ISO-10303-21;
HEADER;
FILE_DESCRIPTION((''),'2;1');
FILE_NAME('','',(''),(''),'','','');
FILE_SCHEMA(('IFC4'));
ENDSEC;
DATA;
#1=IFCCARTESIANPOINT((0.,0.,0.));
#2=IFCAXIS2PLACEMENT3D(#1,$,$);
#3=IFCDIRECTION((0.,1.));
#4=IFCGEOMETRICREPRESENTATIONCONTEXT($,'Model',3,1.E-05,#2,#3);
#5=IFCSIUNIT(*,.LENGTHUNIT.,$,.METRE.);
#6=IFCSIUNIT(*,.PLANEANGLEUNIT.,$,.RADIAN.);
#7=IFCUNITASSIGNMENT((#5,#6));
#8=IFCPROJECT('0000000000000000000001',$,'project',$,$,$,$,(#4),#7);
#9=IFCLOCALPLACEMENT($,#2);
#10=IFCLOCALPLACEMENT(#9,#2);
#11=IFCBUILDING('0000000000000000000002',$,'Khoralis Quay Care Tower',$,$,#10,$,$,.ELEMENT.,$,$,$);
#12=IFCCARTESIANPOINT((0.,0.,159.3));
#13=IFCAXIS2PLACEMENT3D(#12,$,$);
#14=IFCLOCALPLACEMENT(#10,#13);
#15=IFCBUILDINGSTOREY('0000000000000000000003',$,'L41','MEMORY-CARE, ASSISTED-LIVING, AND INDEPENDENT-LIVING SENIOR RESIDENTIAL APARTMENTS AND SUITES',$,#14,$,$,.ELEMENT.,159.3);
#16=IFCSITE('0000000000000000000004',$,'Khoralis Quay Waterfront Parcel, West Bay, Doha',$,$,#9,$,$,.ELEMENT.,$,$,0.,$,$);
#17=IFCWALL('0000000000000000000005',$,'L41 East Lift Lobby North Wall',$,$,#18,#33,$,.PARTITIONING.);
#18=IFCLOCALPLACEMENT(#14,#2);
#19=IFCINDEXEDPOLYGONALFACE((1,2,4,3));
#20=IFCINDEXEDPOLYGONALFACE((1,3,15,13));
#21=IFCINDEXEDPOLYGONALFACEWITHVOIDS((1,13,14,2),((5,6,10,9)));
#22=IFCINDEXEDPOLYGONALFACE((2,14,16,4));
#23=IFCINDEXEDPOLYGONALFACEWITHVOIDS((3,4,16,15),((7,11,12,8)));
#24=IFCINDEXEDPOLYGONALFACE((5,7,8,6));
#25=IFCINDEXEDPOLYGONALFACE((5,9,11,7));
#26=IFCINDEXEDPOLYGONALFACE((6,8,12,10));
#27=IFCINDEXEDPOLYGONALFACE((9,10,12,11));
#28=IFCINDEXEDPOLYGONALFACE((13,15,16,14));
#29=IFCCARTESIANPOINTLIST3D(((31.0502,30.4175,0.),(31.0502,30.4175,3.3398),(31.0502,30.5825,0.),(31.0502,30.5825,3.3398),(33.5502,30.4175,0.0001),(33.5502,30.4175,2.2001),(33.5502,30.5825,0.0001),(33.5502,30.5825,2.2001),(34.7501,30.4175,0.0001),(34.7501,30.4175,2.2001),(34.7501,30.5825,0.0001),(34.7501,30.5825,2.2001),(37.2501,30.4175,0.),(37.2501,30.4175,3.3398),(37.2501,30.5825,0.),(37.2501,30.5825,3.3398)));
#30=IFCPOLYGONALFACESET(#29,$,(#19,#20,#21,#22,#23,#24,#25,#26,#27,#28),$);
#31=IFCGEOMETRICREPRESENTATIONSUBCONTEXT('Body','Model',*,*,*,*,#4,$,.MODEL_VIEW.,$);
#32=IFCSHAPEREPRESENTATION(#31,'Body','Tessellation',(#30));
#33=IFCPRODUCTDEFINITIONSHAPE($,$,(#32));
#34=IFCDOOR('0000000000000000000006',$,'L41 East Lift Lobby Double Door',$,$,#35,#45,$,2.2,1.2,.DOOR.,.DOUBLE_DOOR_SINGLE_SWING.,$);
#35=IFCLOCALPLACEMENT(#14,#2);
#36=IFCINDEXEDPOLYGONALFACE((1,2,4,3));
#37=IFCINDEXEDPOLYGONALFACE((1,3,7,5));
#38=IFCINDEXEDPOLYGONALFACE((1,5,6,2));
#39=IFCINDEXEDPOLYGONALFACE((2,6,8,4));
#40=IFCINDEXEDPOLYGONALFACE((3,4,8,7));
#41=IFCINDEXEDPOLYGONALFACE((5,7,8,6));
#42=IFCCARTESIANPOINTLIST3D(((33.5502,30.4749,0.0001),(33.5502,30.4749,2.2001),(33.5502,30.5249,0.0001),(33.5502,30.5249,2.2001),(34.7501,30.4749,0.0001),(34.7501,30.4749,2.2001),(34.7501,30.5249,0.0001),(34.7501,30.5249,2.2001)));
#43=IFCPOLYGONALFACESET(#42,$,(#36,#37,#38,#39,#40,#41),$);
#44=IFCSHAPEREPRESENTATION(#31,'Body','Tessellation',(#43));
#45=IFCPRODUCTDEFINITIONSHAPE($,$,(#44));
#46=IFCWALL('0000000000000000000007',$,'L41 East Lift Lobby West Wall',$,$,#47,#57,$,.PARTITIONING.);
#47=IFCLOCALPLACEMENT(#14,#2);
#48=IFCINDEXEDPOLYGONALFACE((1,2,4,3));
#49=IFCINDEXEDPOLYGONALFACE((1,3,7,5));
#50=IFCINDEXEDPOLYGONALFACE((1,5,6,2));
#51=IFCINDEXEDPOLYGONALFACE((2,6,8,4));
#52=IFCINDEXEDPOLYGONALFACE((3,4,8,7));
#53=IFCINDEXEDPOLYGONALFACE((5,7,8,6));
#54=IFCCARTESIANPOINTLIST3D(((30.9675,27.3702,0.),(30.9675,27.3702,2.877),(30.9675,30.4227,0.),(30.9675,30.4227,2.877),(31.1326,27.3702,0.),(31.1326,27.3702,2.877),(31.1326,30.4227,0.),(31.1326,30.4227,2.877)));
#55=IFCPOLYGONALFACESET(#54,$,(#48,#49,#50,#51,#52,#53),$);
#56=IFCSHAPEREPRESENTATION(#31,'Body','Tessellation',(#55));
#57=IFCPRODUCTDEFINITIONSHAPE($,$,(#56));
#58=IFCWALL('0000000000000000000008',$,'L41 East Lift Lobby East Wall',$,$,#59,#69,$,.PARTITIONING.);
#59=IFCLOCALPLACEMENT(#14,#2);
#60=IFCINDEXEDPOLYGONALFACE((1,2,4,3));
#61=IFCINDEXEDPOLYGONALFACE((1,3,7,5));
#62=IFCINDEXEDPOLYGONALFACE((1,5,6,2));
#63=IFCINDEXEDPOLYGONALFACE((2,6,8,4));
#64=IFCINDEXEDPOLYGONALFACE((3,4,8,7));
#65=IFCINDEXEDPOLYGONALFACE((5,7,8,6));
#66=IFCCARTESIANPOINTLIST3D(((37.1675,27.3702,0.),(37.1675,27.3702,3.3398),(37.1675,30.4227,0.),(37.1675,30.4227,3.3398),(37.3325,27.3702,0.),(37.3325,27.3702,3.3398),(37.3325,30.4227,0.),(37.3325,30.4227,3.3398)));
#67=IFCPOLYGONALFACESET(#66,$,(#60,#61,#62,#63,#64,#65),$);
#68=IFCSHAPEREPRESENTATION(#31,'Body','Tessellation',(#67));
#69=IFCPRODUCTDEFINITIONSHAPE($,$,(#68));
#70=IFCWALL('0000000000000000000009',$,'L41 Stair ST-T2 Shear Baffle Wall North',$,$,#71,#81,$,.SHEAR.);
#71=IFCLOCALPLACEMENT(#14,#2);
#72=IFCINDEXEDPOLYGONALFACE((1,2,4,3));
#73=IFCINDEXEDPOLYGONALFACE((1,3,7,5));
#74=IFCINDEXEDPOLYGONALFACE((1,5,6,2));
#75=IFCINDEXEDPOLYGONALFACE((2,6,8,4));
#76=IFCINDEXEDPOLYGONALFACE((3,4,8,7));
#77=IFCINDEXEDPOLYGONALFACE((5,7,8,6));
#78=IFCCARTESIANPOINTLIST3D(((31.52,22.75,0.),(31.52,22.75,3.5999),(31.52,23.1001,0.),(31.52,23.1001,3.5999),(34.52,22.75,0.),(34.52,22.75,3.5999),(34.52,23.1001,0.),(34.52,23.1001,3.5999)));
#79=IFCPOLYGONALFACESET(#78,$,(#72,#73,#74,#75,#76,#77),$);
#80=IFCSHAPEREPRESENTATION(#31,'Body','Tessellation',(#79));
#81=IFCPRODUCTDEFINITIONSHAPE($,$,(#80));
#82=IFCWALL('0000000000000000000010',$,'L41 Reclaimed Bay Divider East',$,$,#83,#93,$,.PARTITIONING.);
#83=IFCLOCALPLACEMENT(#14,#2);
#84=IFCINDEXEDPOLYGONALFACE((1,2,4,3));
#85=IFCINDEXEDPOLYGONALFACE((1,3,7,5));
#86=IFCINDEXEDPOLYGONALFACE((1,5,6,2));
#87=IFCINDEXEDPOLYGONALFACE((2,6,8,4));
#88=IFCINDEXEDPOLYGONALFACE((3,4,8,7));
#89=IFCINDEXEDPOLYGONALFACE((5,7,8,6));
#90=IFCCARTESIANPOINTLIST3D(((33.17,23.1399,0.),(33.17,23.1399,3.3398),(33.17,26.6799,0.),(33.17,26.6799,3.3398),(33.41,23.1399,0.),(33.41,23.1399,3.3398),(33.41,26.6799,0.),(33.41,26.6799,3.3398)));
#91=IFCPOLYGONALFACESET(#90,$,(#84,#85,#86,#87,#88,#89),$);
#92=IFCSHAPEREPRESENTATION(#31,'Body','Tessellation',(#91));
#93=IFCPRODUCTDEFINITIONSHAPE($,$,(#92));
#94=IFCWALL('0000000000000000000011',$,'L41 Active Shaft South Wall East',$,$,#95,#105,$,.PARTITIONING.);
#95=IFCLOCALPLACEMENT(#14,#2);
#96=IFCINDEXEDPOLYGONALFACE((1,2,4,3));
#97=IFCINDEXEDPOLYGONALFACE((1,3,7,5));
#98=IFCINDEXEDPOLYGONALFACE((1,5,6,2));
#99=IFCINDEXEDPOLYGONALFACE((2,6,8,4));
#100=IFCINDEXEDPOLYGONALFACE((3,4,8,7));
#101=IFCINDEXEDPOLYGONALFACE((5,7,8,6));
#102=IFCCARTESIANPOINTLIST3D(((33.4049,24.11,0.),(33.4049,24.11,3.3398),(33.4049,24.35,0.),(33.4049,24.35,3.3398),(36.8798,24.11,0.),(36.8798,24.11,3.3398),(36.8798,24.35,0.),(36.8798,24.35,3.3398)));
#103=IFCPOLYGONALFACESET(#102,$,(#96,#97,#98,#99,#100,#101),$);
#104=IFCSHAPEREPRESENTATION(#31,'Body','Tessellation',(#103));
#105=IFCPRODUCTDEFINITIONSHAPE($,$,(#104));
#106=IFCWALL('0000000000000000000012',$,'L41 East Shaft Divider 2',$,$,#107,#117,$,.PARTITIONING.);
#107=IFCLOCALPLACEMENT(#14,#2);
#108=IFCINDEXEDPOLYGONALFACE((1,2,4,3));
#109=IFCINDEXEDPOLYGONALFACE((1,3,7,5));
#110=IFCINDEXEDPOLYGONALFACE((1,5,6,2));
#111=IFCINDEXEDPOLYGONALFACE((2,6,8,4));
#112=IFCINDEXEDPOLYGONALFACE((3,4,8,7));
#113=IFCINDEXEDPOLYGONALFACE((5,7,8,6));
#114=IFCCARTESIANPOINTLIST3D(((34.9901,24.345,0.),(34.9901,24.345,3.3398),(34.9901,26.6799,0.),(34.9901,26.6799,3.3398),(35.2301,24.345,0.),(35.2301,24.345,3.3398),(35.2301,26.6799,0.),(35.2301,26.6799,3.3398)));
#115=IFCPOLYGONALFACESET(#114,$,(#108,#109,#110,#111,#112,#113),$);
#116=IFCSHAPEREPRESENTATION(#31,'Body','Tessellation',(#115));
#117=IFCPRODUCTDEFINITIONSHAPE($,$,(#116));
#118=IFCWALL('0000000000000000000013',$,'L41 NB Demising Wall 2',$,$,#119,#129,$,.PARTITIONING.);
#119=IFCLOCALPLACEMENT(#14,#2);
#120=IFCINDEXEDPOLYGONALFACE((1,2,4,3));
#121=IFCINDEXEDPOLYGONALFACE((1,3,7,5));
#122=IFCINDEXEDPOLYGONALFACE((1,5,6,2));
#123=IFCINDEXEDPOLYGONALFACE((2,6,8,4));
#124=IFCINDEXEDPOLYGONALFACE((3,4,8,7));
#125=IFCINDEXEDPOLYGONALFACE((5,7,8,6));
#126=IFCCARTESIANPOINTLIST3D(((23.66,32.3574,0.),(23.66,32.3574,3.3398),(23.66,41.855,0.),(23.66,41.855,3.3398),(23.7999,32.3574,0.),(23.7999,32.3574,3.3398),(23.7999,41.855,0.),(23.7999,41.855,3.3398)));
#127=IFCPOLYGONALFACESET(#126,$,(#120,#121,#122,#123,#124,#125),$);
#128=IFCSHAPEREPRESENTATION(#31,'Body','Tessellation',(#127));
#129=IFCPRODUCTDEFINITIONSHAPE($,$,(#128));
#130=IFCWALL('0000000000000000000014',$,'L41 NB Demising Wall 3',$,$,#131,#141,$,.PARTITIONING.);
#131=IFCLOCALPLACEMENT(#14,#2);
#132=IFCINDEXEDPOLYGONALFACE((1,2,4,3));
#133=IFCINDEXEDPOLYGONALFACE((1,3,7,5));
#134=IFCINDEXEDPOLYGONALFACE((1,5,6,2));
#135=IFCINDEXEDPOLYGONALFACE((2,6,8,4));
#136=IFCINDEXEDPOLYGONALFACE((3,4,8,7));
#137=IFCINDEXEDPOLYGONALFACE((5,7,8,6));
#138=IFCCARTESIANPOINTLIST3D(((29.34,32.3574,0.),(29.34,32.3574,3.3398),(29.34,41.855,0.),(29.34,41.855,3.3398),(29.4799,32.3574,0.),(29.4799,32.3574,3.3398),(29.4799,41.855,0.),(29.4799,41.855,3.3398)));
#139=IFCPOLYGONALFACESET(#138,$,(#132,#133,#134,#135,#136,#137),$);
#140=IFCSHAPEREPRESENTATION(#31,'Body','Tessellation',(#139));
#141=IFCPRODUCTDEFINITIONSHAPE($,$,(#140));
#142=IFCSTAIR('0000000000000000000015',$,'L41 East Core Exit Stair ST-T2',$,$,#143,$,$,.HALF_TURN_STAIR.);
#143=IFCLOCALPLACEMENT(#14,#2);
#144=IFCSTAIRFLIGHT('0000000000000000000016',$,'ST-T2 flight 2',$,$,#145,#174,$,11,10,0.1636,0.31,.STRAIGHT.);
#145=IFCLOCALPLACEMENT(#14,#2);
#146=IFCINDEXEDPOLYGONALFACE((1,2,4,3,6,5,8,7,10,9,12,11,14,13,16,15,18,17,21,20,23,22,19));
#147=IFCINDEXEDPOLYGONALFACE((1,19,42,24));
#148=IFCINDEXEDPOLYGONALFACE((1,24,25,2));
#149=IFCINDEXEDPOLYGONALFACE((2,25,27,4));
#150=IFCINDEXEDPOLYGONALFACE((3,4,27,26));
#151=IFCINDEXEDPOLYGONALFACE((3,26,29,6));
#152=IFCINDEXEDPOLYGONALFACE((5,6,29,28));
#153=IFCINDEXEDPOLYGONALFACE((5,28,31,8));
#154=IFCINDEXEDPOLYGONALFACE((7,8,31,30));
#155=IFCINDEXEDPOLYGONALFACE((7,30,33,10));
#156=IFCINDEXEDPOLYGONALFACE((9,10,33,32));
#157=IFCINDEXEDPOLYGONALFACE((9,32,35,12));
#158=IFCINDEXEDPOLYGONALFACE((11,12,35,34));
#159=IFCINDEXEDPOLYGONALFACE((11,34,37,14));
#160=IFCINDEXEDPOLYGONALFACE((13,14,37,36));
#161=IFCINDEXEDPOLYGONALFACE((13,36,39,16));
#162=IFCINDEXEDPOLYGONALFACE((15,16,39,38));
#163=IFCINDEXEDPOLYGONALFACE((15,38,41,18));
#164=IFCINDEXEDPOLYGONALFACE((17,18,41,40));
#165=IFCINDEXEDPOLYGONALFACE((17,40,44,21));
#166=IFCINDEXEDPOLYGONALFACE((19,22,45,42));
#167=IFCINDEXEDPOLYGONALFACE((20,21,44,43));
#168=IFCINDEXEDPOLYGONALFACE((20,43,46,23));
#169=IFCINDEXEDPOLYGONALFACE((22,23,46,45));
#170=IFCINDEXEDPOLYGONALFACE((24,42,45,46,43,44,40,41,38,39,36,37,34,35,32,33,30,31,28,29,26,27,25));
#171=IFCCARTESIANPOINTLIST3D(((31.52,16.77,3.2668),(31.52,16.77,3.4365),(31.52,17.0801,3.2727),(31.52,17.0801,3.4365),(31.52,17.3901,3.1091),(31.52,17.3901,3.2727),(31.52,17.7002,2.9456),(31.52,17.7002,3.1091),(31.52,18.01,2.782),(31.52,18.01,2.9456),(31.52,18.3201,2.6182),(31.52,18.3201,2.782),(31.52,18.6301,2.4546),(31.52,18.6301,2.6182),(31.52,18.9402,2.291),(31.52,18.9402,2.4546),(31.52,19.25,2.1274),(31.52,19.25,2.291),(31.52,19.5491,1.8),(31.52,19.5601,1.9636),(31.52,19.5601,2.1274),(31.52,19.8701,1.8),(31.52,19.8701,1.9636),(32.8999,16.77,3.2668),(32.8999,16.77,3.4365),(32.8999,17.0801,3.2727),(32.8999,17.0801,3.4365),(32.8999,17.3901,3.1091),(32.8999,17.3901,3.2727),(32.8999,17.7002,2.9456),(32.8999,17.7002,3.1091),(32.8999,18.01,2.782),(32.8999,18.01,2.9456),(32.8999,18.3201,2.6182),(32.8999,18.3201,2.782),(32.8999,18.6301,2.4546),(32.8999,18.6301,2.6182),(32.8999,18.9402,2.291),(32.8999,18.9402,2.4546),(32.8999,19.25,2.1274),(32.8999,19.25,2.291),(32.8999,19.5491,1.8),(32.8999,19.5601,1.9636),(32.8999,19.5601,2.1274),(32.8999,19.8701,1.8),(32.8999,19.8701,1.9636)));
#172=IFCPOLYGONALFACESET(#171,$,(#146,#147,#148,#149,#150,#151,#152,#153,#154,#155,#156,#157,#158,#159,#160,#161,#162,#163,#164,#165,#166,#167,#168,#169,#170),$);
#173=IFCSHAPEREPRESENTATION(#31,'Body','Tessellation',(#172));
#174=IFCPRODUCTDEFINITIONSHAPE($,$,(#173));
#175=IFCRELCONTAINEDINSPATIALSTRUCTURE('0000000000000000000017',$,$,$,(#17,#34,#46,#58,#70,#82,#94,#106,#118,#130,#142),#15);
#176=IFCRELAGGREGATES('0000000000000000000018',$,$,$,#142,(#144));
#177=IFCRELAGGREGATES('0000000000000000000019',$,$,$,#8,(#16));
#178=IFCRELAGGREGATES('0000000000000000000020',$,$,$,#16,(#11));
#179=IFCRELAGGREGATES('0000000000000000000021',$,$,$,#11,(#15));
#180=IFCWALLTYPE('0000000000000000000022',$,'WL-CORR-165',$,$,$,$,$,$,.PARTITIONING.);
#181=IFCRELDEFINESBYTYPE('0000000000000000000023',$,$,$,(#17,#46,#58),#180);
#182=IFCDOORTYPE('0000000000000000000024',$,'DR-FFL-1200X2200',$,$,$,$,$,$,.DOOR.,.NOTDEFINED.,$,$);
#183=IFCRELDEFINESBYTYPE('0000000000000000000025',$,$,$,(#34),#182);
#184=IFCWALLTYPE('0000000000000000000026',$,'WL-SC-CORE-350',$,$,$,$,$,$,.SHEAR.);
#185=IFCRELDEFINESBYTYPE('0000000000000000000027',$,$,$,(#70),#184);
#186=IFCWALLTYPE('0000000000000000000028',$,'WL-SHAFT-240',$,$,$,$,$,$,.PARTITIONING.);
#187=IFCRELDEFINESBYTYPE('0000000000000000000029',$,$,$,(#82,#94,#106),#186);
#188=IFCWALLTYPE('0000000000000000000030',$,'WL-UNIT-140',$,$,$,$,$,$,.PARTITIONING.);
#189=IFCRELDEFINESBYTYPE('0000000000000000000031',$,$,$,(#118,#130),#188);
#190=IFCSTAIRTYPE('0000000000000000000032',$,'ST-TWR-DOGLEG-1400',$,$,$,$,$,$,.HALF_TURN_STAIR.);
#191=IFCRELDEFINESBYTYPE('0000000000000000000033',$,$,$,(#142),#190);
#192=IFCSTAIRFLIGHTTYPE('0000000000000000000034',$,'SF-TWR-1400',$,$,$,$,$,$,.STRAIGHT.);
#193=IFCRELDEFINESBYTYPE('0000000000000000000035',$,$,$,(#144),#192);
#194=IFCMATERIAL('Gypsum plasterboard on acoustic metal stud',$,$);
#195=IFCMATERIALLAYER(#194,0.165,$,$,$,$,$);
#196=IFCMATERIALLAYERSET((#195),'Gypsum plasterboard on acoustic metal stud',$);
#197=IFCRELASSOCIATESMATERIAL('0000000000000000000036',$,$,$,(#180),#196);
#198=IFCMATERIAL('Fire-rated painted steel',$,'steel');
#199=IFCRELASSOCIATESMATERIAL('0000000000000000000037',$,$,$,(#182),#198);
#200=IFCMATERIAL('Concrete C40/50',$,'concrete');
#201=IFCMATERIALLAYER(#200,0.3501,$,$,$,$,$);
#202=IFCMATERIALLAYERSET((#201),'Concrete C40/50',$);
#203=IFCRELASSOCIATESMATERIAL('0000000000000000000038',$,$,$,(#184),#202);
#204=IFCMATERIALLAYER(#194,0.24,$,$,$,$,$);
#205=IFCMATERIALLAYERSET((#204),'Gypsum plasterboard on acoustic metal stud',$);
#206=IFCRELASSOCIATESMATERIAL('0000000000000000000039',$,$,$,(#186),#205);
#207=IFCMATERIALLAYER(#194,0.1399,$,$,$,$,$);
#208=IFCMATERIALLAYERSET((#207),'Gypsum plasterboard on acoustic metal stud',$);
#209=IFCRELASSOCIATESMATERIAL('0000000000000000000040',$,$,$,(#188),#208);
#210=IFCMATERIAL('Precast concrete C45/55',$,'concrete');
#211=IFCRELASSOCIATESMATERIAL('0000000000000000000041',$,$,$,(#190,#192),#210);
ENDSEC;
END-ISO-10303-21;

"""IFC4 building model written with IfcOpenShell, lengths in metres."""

from ifc_helpers import new_model, si_unit, direction, frame, frame_2d, origin, place, context, subcontext, project, spatial, polyline, rectangle, outline, extrude, source, transform, mapped, material, layer, layer_set, type_object, element, fill, aggregate, save


model = new_model("IFC4")

# Units and contexts
model_context = context("Model", 3, precision=1e-05, world=origin(), true_north=direction((0.0, 1.0)))
body_context = subcontext(model_context, "Body", "Model", "MODEL_VIEW")
ifc_project = project(units=[si_unit("LENGTHUNIT", "METRE"), si_unit("PLANEANGLEUNIT", "RADIAN")], contexts=[model_context])

# Site, building, storey
site_placement = place(None, origin())
site = spatial("IfcSite", under=ifc_project, at=site_placement, Name="Khoralis Quay Waterfront Parcel, West Bay, Doha", CompositionType="ELEMENT", RefElevation=0.0)
building_placement = place(site_placement, origin())
building = spatial("IfcBuilding", under=site, at=building_placement, Name="Khoralis Quay Care Tower", CompositionType="ELEMENT")
storey_placement = place(building_placement, frame((0.0, 0.0, 159.3)))
storey = spatial("IfcBuildingStorey", under=building, at=storey_placement, Name="L41", Description="MEMORY-CARE, ASSISTED-LIVING, AND INDEPENDENT-LIVING SENIOR RESIDENTIAL APARTMENTS AND SUITES", CompositionType="ELEMENT", Elevation=159.3)

# Wall, opening, door
ifc_material_1 = material(Name="Gypsum plasterboard on acoustic metal stud")
ifc_layer_1 = layer(ifc_material_1, 0.165)
ifc_layer_set_1 = layer_set([ifc_layer_1], Name="Gypsum plasterboard on acoustic metal stud")
wall_type_1 = type_object("IfcWallType", Name="WL-CORR-165", PredefinedType="PARTITIONING", material=ifc_layer_set_1)
wall_1_placement = place(storey_placement, frame((31.05, 30.5, 0.0), z_axis=(0.0, 0.0, 1.0), x_axis=(1.0, 0.0, 0.0)))
wall_1 = element("IfcWall", 1, at=wall_1_placement, inside=storey, type_object=wall_type_1, Name="L41 East Lift Lobby North Wall", PredefinedType="PARTITIONING", context=body_context, shape_type="SweptSolid", body=[
    extrude(rectangle(XDim=6.2, YDim=0.165, at=frame_2d((3.1001, 0.0))), origin(), (0.0, 0.0, 1.0), 3.3398),
])
opening_1_placement = place(wall_1_placement, frame((2.5, 0.0, 0.0)))
opening_1 = element("IfcOpeningElement", 2, at=opening_1_placement, cuts=wall_1, PredefinedType="OPENING", context=body_context, shape_type="SweptSolid", body=[
    extrude(rectangle(XDim=1.2, YDim=2.2, at=frame_2d((0.6001, 1.1001))), frame((0.0, 0.0925, 0.0), z_axis=(0.0, -1.0, 0.0), x_axis=(1.0, 0.0, 0.0)), (0.0, 0.0, 1.0), 0.1851),
])
ifc_material_2 = material(Name="Fire-rated painted steel", Category="steel")
door_type_1 = type_object("IfcDoorType", Name="DR-FFL-1200X2200", OperationType="NOTDEFINED", PredefinedType="DOOR", material=ifc_material_2)
shared_shape_1 = source(origin(), body_context, "Body", "SweptSolid", [
    extrude(rectangle(XDim=1.2, YDim=2.2, at=frame_2d((0.6001, 1.1001))), frame((0.0, 0.0249, 0.0), z_axis=(0.0, -1.0, 0.0), x_axis=(1.0, 0.0, 0.0)), (0.0, 0.0, 1.0), 0.05),
])
door_1_placement = place(opening_1_placement, origin())
door_1 = element("IfcDoor", 3, at=door_1_placement, inside=storey, type_object=door_type_1, Name="L41 East Lift Lobby Double Door", OperationType="DOUBLE_DOOR_SINGLE_SWING", OverallHeight=2.2, OverallWidth=1.2, PredefinedType="DOOR", context=body_context, shape_type="MappedRepresentation", body=[
    mapped(shared_shape_1, transform((0.0, 0.0, 0.0), scale=1.0)),
])
fill(opening_1, door_1)

# Walls
wall_2_placement = place(storey_placement, frame((31.05, 27.3701, 0.0), z_axis=(0.0, 0.0, 1.0), x_axis=(0.0, 1.0, 0.0)))
element("IfcWall", 4, at=wall_2_placement, inside=storey, type_object=wall_type_1, Name="L41 East Lift Lobby West Wall", PredefinedType="PARTITIONING", context=body_context, shape_type="SweptSolid", body=[
    extrude(rectangle(XDim=3.0525, YDim=0.165, at=frame_2d((1.5264, 0.0))), origin(), (0.0, 0.0, 1.0), 2.877),
])
wall_3_placement = place(storey_placement, frame((37.25, 27.3701, 0.0), z_axis=(0.0, 0.0, 1.0), x_axis=(0.0, 1.0, 0.0)))
element("IfcWall", 5, at=wall_3_placement, inside=storey, type_object=wall_type_1, Name="L41 East Lift Lobby East Wall", PredefinedType="PARTITIONING", context=body_context, shape_type="SweptSolid", body=[
    extrude(rectangle(XDim=3.0525, YDim=0.165, at=frame_2d((1.5264, 0.0))), origin(), (0.0, 0.0, 1.0), 3.3398),
])
ifc_material_3 = material(Name="Concrete C40/50", Category="concrete")
ifc_layer_2 = layer(ifc_material_3, 0.3501)
ifc_layer_set_2 = layer_set([ifc_layer_2], Name="Concrete C40/50")
wall_type_2 = type_object("IfcWallType", Name="WL-SC-CORE-350", PredefinedType="SHEAR", material=ifc_layer_set_2)
wall_4_placement = place(storey_placement, frame((31.52, 22.925, 0.0), z_axis=(0.0, 0.0, 1.0), x_axis=(1.0, 0.0, 0.0)))
element("IfcWall", 6, at=wall_4_placement, inside=storey, type_object=wall_type_2, Name="L41 Stair ST-T2 Shear Baffle Wall North", PredefinedType="SHEAR", context=body_context, shape_type="SweptSolid", body=[
    extrude(rectangle(XDim=3.0, YDim=0.3501, at=frame_2d((1.5, 0.0))), origin(), (0.0, 0.0, 1.0), 3.5999),
])
ifc_layer_3 = layer(ifc_material_1, 0.24)
ifc_layer_set_3 = layer_set([ifc_layer_3], Name="Gypsum plasterboard on acoustic metal stud")
wall_type_3 = type_object("IfcWallType", Name="WL-SHAFT-240", PredefinedType="PARTITIONING", material=ifc_layer_set_3)
wall_5_placement = place(storey_placement, frame((33.29, 23.1399, 0.0), z_axis=(0.0, 0.0, 1.0), x_axis=(0.0, 1.0, 0.0)))
element("IfcWall", 7, at=wall_5_placement, inside=storey, type_object=wall_type_3, Name="L41 Reclaimed Bay Divider East", PredefinedType="PARTITIONING", context=body_context, shape_type="SweptSolid", body=[
    extrude(rectangle(XDim=3.54, YDim=0.24, at=frame_2d((1.77, 0.0))), origin(), (0.0, 0.0, 1.0), 3.3398),
])
wall_6_placement = place(storey_placement, frame((33.405, 24.23, 0.0), z_axis=(0.0, 0.0, 1.0), x_axis=(1.0, 0.0, 0.0)))
element("IfcWall", 8, at=wall_6_placement, inside=storey, type_object=wall_type_3, Name="L41 Active Shaft South Wall East", PredefinedType="PARTITIONING", context=body_context, shape_type="SweptSolid", body=[
    extrude(rectangle(XDim=3.4749, YDim=0.24, at=frame_2d((1.7373, 0.0))), origin(), (0.0, 0.0, 1.0), 3.3398),
])
wall_7_placement = place(storey_placement, frame((35.1101, 24.345, 0.0), z_axis=(0.0, 0.0, 1.0), x_axis=(0.0, 1.0, 0.0)))
element("IfcWall", 9, at=wall_7_placement, inside=storey, type_object=wall_type_3, Name="L41 East Shaft Divider 2", PredefinedType="PARTITIONING", context=body_context, shape_type="SweptSolid", body=[
    extrude(rectangle(XDim=2.335, YDim=0.24, at=frame_2d((1.1675, 0.0))), origin(), (0.0, 0.0, 1.0), 3.3398),
])
ifc_layer_4 = layer(ifc_material_1, 0.1399)
ifc_layer_set_4 = layer_set([ifc_layer_4], Name="Gypsum plasterboard on acoustic metal stud")
wall_type_4 = type_object("IfcWallType", Name="WL-UNIT-140", PredefinedType="PARTITIONING", material=ifc_layer_set_4)
for number, where, z_axis, x_axis, name in (
    (10, (23.73, 32.3574, 0.0), (0.0, 0.0, 1.0), (0.0, 1.0, 0.0), "L41 NB Demising Wall 2"),
    (11, (29.4099, 32.3574, 0.0), (0.0, 0.0, 1.0), (0.0, 1.0, 0.0), "L41 NB Demising Wall 3"),
):
    element("IfcWall", number, at=place(storey_placement, frame(where, z_axis=z_axis, x_axis=x_axis)), inside=storey, type_object=wall_type_4, Name=name, PredefinedType="PARTITIONING", context=body_context, shape_type="SweptSolid", body=[
        extrude(rectangle(XDim=9.4976, YDim=0.1399, at=frame_2d((4.7488, 0.0))), origin(), (0.0, 0.0, 1.0), 3.3398),
    ])

# Stair, stair flight
ifc_material_4 = material(Name="Precast concrete C45/55", Category="concrete")
stair_type = type_object("IfcStairType", Name="ST-TWR-DOGLEG-1400", PredefinedType="HALF_TURN_STAIR", material=ifc_material_4)
stair_placement = place(storey_placement, origin())
stair = element("IfcStair", 12, at=stair_placement, inside=storey, type_object=stair_type, Name="L41 East Core Exit Stair ST-T2", PredefinedType="HALF_TURN_STAIR")
stair_flight_type = type_object("IfcStairFlightType", Name="SF-TWR-1400", PredefinedType="STRAIGHT", material=ifc_material_4)
shared_shape_2 = source(origin(), body_context, "Body", "SweptSolid", [
    extrude(outline(polyline([(0.0, 0.0), (0.0, 0.1636), (0.3101, 0.1636), (0.3101, 0.3274), (0.6201, 0.3274), (0.6201, 0.491), (0.9299, 0.491), (0.9299, 0.6545), (1.24, 0.6545), (1.24, 0.8181), (1.55, 0.8181), (1.55, 0.9819), (1.8601, 0.9819), (1.8601, 1.1455), (2.1699, 1.1455), (2.1699, 1.3091), (2.48, 1.3091), (2.48, 1.4727), (2.79, 1.4727), (2.79, 1.6365), (3.1001, 1.6365), (3.1001, 1.8), (3.1001, 1.4668), (0.321, 0.0), (0.0, 0.0)])), frame((0.0, 0.6899, 0.0), z_axis=(0.0, -1.0, 0.0), x_axis=(1.0, 0.0, 0.0)), (0.0, 0.0, 1.0), 1.3799),
])
stair_flight_placement = place(storey_placement, frame((32.21, 19.8701, 1.8), z_axis=(0.0, 0.0, 1.0), x_axis=(0.0, -1.0, 0.0)))
stair_flight = element("IfcStairFlight", 13, at=stair_flight_placement, type_object=stair_flight_type, Name="ST-T2 flight 2", NumberOfRisers=11, NumberOfTreads=10, PredefinedType="STRAIGHT", RiserHeight=0.1636, TreadLength=0.31, context=body_context, shape_type="MappedRepresentation", body=[
    mapped(shared_shape_2, transform((0.0, 0.0, 0.0), scale=1.0)),
])
aggregate(stair, [stair_flight])

save(model, "model.ifc")
